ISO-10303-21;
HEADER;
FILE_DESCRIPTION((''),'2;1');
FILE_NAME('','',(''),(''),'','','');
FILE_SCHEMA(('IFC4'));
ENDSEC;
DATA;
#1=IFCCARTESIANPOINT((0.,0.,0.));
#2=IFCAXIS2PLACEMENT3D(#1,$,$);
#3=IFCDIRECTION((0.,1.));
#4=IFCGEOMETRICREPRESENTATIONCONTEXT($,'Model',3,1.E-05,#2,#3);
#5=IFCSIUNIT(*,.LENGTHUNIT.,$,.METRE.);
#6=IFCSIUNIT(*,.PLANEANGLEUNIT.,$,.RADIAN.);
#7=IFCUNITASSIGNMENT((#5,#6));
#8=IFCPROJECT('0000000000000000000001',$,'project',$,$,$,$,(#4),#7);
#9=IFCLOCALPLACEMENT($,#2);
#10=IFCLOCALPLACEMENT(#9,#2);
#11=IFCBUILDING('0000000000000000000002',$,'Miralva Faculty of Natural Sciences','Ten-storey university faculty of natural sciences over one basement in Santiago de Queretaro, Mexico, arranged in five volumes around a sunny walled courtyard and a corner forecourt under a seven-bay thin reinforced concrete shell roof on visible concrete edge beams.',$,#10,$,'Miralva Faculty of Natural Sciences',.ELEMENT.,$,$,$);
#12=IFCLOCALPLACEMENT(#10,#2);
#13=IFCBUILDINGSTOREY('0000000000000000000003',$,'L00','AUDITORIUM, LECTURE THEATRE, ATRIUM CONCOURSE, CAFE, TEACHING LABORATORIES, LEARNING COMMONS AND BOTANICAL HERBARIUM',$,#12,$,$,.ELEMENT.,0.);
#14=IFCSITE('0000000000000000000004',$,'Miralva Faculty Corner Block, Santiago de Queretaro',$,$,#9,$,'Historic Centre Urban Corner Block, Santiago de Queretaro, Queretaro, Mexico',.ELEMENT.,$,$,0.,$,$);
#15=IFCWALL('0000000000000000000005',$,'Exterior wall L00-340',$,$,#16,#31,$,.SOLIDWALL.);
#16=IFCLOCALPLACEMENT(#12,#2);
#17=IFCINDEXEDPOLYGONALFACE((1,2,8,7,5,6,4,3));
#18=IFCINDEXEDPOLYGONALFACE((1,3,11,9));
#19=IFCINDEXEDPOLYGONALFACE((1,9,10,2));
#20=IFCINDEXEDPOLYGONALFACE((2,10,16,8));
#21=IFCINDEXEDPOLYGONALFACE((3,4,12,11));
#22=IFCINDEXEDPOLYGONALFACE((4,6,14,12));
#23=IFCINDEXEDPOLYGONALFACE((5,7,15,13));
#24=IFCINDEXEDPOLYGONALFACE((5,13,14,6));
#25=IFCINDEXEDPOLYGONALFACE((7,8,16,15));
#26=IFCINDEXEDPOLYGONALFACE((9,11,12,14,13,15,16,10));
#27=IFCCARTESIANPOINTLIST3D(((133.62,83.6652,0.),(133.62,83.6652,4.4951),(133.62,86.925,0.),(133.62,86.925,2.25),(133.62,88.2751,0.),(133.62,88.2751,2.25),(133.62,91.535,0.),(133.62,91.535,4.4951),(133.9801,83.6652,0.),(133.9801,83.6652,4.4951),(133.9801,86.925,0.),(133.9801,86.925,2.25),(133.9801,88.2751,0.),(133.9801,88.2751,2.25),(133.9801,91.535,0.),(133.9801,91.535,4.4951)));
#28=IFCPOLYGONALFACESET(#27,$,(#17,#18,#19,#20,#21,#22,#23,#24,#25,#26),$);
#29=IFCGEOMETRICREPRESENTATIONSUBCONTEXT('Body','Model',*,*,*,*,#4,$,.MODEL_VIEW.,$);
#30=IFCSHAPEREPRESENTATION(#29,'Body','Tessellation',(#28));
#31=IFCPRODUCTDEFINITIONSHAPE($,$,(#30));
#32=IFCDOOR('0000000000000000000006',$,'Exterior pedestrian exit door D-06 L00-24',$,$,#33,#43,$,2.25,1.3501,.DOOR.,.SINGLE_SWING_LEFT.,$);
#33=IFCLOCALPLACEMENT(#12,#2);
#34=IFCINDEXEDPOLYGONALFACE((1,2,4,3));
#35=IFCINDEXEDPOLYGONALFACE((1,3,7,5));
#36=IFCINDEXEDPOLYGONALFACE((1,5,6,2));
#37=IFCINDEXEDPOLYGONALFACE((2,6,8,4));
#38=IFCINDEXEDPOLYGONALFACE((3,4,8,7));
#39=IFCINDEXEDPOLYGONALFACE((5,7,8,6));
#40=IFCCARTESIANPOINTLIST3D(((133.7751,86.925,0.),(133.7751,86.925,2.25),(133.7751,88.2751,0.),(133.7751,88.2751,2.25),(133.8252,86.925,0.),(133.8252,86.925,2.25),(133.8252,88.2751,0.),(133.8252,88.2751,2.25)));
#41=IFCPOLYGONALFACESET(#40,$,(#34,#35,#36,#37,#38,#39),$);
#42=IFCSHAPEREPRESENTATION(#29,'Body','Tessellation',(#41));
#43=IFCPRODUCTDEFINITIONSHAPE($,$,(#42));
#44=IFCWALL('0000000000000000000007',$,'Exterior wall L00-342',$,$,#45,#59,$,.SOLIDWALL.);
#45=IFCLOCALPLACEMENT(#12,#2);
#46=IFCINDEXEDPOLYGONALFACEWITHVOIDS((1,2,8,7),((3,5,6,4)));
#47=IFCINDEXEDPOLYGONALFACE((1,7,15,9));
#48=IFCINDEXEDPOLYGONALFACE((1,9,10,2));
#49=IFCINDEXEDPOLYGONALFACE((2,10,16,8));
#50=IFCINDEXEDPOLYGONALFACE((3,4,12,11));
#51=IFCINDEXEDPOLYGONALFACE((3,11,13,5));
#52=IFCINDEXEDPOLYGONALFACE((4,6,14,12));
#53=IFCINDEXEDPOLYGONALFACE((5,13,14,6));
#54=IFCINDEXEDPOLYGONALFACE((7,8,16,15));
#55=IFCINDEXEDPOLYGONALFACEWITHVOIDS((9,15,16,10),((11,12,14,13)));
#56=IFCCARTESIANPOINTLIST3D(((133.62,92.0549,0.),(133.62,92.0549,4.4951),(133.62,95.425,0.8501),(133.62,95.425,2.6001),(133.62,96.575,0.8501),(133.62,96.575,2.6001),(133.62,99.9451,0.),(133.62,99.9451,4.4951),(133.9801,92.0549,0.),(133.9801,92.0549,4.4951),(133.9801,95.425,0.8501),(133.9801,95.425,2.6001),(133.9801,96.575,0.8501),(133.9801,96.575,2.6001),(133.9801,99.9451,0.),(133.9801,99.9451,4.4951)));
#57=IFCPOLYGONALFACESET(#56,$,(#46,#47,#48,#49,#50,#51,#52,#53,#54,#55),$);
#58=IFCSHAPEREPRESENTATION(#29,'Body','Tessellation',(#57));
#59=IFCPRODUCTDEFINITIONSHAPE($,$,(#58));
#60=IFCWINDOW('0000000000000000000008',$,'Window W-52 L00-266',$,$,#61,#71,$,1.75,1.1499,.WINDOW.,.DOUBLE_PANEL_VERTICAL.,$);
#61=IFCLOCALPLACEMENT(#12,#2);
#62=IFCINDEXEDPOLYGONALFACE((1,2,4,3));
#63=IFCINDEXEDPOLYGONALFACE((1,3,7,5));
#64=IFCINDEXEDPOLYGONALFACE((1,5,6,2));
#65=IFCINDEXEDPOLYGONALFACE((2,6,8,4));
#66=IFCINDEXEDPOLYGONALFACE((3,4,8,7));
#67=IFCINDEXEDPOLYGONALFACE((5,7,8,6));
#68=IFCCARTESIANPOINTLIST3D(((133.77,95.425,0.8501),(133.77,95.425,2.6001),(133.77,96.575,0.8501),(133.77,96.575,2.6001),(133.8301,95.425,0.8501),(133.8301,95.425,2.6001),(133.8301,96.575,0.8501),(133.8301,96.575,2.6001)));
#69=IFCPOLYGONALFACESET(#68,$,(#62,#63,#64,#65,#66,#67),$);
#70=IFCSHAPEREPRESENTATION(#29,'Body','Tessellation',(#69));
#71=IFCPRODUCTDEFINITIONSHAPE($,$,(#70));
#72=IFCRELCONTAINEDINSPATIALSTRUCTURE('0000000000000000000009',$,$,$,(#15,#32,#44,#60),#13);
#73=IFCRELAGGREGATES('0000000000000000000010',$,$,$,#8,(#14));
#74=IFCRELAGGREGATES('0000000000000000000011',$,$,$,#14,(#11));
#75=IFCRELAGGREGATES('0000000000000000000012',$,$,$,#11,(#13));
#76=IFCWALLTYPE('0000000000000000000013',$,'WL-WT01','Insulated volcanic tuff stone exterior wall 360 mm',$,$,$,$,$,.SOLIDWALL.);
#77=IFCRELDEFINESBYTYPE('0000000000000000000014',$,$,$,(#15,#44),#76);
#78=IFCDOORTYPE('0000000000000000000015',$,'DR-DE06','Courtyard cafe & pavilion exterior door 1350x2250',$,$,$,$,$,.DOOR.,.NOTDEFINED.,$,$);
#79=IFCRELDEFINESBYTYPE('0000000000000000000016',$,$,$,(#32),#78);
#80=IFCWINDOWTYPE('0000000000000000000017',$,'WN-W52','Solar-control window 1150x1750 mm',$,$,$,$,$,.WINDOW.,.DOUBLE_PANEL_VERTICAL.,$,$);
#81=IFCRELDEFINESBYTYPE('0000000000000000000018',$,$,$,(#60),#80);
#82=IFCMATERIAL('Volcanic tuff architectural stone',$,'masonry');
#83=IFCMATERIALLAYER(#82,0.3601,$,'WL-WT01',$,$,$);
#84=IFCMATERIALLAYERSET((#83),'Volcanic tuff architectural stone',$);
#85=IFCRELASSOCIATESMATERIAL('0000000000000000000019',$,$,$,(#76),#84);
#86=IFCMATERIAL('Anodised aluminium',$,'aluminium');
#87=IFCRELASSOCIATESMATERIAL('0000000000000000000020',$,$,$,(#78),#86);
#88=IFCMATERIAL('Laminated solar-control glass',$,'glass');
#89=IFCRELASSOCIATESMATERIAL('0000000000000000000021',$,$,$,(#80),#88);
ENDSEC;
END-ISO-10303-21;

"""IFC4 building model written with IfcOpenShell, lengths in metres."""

from ifc_helpers import new_model, si_unit, direction, frame, frame_2d, origin, place, context, subcontext, project, spatial, rectangle, extrude, material, layer, layer_set, type_object, element, fill, save


model = new_model("IFC4")

# Units and contexts
model_context = context("Model", 3, precision=1e-05, world=origin(), true_north=direction((0.0, 1.0)))
body_context = subcontext(model_context, "Body", "Model", "MODEL_VIEW")
ifc_project = project(units=[si_unit("LENGTHUNIT", "METRE"), si_unit("PLANEANGLEUNIT", "RADIAN")], contexts=[model_context])

# Site, building, storey
site_placement = place(None, origin())
site = spatial("IfcSite", under=ifc_project, at=site_placement, Name="Miralva Faculty Corner Block, Santiago de Queretaro", LongName="Historic Centre Urban Corner Block, Santiago de Queretaro, Queretaro, Mexico", CompositionType="ELEMENT", RefElevation=0.0)
building_placement = place(site_placement, origin())
building = spatial("IfcBuilding", under=site, at=building_placement, Name="Miralva Faculty of Natural Sciences", Description="Ten-storey university faculty of natural sciences over one basement in Santiago de Queretaro, Mexico, arranged in five volumes around a sunny walled courtyard and a corner forecourt under a seven-bay thin reinforced concrete shell roof on visible concrete edge beams.", LongName="Miralva Faculty of Natural Sciences", CompositionType="ELEMENT")
storey_placement = place(building_placement, origin())
storey = spatial("IfcBuildingStorey", under=building, at=storey_placement, Name="L00", Description="AUDITORIUM, LECTURE THEATRE, ATRIUM CONCOURSE, CAFE, TEACHING LABORATORIES, LEARNING COMMONS AND BOTANICAL HERBARIUM", CompositionType="ELEMENT", Elevation=0.0)

# Wall, opening, door
ifc_material_1 = material(Name="Volcanic tuff architectural stone", Category="masonry")
ifc_layer_1 = layer(ifc_material_1, 0.3601, Name="WL-WT01")
ifc_layer_set_1 = layer_set([ifc_layer_1], Name="Volcanic tuff architectural stone")
wall_type_1 = type_object("IfcWallType", Name="WL-WT01", Description="Insulated volcanic tuff stone exterior wall 360 mm", PredefinedType="SOLIDWALL", material=ifc_layer_set_1)
wall_1_placement = place(storey_placement, frame((133.8, 83.665, 0.0), z_axis=(0.0, 0.0, 1.0), x_axis=(0.0, 1.0, 0.0)))
wall_1 = element("IfcWall", 1, at=wall_1_placement, inside=storey, type_object=wall_type_1, Name="Exterior wall L00-340", PredefinedType="SOLIDWALL", context=body_context, shape_type="SweptSolid", body=[
    extrude(rectangle(XDim=7.8699, YDim=0.3601, at=frame_2d((3.9351, 0.0))), origin(), (0.0, 0.0, 1.0), 4.4951),
])
opening_1_placement = place(wall_1_placement, frame((3.26, 0.0, 0.0)))
opening_1 = element("IfcOpeningElement", 2, at=opening_1_placement, cuts=wall_1, PredefinedType="OPENING", context=body_context, shape_type="SweptSolid", body=[
    extrude(rectangle(XDim=1.3501, YDim=2.25, at=frame_2d((0.675, 1.125))), frame((0.0, 0.1899, 0.0), z_axis=(0.0, -1.0, 0.0), x_axis=(1.0, 0.0, 0.0)), (0.0, 0.0, 1.0), 0.3801),
])
ifc_material_2 = material(Name="Anodised aluminium", Category="aluminium")
door_type = type_object("IfcDoorType", Name="DR-DE06", Description="Courtyard cafe & pavilion exterior door 1350x2250", OperationType="NOTDEFINED", PredefinedType="DOOR", material=ifc_material_2)
door_placement = place(opening_1_placement, origin())
door = element("IfcDoor", 3, at=door_placement, inside=storey, type_object=door_type, Name="Exterior pedestrian exit door D-06 L00-24", OperationType="SINGLE_SWING_LEFT", OverallHeight=2.25, OverallWidth=1.3501, PredefinedType="DOOR", context=body_context, shape_type="SweptSolid", body=[
    extrude(rectangle(XDim=1.3501, YDim=2.25, at=frame_2d((0.675, 1.125))), frame((0.0, 0.0249, 0.0), z_axis=(0.0, -1.0, 0.0), x_axis=(1.0, 0.0, 0.0)), (0.0, 0.0, 1.0), 0.05),
])
fill(opening_1, door)

# Wall, opening, window
wall_2_placement = place(storey_placement, frame((133.8, 92.0549, 0.0), z_axis=(0.0, 0.0, 1.0), x_axis=(0.0, 1.0, 0.0)))
wall_2 = element("IfcWall", 4, at=wall_2_placement, inside=storey, type_object=wall_type_1, Name="Exterior wall L00-342", PredefinedType="SOLIDWALL", context=body_context, shape_type="SweptSolid", body=[
    extrude(rectangle(XDim=7.8901, YDim=0.3601, at=frame_2d((3.9451, 0.0))), origin(), (0.0, 0.0, 1.0), 4.4951),
])
opening_2_placement = place(wall_2_placement, frame((3.3701, 0.0, 0.8501)))
opening_2 = element("IfcOpeningElement", 5, at=opening_2_placement, cuts=wall_2, PredefinedType="OPENING", context=body_context, shape_type="SweptSolid", body=[
    extrude(rectangle(XDim=1.1499, YDim=1.75, at=frame_2d((0.575, 0.875))), frame((0.0, 0.1899, 0.0), z_axis=(0.0, -1.0, 0.0), x_axis=(1.0, 0.0, 0.0)), (0.0, 0.0, 1.0), 0.3801),
])
ifc_material_3 = material(Name="Laminated solar-control glass", Category="glass")
window_type = type_object("IfcWindowType", Name="WN-W52", Description="Solar-control window 1150x1750 mm", PartitioningType="DOUBLE_PANEL_VERTICAL", PredefinedType="WINDOW", material=ifc_material_3)
window_placement = place(opening_2_placement, origin())
window = element("IfcWindow", 6, at=window_placement, inside=storey, type_object=window_type, Name="Window W-52 L00-266", OverallHeight=1.75, OverallWidth=1.1499, PartitioningType="DOUBLE_PANEL_VERTICAL", PredefinedType="WINDOW", context=body_context, shape_type="SweptSolid", body=[
    extrude(rectangle(XDim=1.1499, YDim=1.75, at=frame_2d((0.575, 0.875))), frame((0.0, 0.03, 0.0), z_axis=(0.0, -1.0, 0.0), x_axis=(1.0, 0.0, 0.0)), (0.0, 0.0, 1.0), 0.0601),
])
fill(opening_2, window)

save(model, "model.ifc")
